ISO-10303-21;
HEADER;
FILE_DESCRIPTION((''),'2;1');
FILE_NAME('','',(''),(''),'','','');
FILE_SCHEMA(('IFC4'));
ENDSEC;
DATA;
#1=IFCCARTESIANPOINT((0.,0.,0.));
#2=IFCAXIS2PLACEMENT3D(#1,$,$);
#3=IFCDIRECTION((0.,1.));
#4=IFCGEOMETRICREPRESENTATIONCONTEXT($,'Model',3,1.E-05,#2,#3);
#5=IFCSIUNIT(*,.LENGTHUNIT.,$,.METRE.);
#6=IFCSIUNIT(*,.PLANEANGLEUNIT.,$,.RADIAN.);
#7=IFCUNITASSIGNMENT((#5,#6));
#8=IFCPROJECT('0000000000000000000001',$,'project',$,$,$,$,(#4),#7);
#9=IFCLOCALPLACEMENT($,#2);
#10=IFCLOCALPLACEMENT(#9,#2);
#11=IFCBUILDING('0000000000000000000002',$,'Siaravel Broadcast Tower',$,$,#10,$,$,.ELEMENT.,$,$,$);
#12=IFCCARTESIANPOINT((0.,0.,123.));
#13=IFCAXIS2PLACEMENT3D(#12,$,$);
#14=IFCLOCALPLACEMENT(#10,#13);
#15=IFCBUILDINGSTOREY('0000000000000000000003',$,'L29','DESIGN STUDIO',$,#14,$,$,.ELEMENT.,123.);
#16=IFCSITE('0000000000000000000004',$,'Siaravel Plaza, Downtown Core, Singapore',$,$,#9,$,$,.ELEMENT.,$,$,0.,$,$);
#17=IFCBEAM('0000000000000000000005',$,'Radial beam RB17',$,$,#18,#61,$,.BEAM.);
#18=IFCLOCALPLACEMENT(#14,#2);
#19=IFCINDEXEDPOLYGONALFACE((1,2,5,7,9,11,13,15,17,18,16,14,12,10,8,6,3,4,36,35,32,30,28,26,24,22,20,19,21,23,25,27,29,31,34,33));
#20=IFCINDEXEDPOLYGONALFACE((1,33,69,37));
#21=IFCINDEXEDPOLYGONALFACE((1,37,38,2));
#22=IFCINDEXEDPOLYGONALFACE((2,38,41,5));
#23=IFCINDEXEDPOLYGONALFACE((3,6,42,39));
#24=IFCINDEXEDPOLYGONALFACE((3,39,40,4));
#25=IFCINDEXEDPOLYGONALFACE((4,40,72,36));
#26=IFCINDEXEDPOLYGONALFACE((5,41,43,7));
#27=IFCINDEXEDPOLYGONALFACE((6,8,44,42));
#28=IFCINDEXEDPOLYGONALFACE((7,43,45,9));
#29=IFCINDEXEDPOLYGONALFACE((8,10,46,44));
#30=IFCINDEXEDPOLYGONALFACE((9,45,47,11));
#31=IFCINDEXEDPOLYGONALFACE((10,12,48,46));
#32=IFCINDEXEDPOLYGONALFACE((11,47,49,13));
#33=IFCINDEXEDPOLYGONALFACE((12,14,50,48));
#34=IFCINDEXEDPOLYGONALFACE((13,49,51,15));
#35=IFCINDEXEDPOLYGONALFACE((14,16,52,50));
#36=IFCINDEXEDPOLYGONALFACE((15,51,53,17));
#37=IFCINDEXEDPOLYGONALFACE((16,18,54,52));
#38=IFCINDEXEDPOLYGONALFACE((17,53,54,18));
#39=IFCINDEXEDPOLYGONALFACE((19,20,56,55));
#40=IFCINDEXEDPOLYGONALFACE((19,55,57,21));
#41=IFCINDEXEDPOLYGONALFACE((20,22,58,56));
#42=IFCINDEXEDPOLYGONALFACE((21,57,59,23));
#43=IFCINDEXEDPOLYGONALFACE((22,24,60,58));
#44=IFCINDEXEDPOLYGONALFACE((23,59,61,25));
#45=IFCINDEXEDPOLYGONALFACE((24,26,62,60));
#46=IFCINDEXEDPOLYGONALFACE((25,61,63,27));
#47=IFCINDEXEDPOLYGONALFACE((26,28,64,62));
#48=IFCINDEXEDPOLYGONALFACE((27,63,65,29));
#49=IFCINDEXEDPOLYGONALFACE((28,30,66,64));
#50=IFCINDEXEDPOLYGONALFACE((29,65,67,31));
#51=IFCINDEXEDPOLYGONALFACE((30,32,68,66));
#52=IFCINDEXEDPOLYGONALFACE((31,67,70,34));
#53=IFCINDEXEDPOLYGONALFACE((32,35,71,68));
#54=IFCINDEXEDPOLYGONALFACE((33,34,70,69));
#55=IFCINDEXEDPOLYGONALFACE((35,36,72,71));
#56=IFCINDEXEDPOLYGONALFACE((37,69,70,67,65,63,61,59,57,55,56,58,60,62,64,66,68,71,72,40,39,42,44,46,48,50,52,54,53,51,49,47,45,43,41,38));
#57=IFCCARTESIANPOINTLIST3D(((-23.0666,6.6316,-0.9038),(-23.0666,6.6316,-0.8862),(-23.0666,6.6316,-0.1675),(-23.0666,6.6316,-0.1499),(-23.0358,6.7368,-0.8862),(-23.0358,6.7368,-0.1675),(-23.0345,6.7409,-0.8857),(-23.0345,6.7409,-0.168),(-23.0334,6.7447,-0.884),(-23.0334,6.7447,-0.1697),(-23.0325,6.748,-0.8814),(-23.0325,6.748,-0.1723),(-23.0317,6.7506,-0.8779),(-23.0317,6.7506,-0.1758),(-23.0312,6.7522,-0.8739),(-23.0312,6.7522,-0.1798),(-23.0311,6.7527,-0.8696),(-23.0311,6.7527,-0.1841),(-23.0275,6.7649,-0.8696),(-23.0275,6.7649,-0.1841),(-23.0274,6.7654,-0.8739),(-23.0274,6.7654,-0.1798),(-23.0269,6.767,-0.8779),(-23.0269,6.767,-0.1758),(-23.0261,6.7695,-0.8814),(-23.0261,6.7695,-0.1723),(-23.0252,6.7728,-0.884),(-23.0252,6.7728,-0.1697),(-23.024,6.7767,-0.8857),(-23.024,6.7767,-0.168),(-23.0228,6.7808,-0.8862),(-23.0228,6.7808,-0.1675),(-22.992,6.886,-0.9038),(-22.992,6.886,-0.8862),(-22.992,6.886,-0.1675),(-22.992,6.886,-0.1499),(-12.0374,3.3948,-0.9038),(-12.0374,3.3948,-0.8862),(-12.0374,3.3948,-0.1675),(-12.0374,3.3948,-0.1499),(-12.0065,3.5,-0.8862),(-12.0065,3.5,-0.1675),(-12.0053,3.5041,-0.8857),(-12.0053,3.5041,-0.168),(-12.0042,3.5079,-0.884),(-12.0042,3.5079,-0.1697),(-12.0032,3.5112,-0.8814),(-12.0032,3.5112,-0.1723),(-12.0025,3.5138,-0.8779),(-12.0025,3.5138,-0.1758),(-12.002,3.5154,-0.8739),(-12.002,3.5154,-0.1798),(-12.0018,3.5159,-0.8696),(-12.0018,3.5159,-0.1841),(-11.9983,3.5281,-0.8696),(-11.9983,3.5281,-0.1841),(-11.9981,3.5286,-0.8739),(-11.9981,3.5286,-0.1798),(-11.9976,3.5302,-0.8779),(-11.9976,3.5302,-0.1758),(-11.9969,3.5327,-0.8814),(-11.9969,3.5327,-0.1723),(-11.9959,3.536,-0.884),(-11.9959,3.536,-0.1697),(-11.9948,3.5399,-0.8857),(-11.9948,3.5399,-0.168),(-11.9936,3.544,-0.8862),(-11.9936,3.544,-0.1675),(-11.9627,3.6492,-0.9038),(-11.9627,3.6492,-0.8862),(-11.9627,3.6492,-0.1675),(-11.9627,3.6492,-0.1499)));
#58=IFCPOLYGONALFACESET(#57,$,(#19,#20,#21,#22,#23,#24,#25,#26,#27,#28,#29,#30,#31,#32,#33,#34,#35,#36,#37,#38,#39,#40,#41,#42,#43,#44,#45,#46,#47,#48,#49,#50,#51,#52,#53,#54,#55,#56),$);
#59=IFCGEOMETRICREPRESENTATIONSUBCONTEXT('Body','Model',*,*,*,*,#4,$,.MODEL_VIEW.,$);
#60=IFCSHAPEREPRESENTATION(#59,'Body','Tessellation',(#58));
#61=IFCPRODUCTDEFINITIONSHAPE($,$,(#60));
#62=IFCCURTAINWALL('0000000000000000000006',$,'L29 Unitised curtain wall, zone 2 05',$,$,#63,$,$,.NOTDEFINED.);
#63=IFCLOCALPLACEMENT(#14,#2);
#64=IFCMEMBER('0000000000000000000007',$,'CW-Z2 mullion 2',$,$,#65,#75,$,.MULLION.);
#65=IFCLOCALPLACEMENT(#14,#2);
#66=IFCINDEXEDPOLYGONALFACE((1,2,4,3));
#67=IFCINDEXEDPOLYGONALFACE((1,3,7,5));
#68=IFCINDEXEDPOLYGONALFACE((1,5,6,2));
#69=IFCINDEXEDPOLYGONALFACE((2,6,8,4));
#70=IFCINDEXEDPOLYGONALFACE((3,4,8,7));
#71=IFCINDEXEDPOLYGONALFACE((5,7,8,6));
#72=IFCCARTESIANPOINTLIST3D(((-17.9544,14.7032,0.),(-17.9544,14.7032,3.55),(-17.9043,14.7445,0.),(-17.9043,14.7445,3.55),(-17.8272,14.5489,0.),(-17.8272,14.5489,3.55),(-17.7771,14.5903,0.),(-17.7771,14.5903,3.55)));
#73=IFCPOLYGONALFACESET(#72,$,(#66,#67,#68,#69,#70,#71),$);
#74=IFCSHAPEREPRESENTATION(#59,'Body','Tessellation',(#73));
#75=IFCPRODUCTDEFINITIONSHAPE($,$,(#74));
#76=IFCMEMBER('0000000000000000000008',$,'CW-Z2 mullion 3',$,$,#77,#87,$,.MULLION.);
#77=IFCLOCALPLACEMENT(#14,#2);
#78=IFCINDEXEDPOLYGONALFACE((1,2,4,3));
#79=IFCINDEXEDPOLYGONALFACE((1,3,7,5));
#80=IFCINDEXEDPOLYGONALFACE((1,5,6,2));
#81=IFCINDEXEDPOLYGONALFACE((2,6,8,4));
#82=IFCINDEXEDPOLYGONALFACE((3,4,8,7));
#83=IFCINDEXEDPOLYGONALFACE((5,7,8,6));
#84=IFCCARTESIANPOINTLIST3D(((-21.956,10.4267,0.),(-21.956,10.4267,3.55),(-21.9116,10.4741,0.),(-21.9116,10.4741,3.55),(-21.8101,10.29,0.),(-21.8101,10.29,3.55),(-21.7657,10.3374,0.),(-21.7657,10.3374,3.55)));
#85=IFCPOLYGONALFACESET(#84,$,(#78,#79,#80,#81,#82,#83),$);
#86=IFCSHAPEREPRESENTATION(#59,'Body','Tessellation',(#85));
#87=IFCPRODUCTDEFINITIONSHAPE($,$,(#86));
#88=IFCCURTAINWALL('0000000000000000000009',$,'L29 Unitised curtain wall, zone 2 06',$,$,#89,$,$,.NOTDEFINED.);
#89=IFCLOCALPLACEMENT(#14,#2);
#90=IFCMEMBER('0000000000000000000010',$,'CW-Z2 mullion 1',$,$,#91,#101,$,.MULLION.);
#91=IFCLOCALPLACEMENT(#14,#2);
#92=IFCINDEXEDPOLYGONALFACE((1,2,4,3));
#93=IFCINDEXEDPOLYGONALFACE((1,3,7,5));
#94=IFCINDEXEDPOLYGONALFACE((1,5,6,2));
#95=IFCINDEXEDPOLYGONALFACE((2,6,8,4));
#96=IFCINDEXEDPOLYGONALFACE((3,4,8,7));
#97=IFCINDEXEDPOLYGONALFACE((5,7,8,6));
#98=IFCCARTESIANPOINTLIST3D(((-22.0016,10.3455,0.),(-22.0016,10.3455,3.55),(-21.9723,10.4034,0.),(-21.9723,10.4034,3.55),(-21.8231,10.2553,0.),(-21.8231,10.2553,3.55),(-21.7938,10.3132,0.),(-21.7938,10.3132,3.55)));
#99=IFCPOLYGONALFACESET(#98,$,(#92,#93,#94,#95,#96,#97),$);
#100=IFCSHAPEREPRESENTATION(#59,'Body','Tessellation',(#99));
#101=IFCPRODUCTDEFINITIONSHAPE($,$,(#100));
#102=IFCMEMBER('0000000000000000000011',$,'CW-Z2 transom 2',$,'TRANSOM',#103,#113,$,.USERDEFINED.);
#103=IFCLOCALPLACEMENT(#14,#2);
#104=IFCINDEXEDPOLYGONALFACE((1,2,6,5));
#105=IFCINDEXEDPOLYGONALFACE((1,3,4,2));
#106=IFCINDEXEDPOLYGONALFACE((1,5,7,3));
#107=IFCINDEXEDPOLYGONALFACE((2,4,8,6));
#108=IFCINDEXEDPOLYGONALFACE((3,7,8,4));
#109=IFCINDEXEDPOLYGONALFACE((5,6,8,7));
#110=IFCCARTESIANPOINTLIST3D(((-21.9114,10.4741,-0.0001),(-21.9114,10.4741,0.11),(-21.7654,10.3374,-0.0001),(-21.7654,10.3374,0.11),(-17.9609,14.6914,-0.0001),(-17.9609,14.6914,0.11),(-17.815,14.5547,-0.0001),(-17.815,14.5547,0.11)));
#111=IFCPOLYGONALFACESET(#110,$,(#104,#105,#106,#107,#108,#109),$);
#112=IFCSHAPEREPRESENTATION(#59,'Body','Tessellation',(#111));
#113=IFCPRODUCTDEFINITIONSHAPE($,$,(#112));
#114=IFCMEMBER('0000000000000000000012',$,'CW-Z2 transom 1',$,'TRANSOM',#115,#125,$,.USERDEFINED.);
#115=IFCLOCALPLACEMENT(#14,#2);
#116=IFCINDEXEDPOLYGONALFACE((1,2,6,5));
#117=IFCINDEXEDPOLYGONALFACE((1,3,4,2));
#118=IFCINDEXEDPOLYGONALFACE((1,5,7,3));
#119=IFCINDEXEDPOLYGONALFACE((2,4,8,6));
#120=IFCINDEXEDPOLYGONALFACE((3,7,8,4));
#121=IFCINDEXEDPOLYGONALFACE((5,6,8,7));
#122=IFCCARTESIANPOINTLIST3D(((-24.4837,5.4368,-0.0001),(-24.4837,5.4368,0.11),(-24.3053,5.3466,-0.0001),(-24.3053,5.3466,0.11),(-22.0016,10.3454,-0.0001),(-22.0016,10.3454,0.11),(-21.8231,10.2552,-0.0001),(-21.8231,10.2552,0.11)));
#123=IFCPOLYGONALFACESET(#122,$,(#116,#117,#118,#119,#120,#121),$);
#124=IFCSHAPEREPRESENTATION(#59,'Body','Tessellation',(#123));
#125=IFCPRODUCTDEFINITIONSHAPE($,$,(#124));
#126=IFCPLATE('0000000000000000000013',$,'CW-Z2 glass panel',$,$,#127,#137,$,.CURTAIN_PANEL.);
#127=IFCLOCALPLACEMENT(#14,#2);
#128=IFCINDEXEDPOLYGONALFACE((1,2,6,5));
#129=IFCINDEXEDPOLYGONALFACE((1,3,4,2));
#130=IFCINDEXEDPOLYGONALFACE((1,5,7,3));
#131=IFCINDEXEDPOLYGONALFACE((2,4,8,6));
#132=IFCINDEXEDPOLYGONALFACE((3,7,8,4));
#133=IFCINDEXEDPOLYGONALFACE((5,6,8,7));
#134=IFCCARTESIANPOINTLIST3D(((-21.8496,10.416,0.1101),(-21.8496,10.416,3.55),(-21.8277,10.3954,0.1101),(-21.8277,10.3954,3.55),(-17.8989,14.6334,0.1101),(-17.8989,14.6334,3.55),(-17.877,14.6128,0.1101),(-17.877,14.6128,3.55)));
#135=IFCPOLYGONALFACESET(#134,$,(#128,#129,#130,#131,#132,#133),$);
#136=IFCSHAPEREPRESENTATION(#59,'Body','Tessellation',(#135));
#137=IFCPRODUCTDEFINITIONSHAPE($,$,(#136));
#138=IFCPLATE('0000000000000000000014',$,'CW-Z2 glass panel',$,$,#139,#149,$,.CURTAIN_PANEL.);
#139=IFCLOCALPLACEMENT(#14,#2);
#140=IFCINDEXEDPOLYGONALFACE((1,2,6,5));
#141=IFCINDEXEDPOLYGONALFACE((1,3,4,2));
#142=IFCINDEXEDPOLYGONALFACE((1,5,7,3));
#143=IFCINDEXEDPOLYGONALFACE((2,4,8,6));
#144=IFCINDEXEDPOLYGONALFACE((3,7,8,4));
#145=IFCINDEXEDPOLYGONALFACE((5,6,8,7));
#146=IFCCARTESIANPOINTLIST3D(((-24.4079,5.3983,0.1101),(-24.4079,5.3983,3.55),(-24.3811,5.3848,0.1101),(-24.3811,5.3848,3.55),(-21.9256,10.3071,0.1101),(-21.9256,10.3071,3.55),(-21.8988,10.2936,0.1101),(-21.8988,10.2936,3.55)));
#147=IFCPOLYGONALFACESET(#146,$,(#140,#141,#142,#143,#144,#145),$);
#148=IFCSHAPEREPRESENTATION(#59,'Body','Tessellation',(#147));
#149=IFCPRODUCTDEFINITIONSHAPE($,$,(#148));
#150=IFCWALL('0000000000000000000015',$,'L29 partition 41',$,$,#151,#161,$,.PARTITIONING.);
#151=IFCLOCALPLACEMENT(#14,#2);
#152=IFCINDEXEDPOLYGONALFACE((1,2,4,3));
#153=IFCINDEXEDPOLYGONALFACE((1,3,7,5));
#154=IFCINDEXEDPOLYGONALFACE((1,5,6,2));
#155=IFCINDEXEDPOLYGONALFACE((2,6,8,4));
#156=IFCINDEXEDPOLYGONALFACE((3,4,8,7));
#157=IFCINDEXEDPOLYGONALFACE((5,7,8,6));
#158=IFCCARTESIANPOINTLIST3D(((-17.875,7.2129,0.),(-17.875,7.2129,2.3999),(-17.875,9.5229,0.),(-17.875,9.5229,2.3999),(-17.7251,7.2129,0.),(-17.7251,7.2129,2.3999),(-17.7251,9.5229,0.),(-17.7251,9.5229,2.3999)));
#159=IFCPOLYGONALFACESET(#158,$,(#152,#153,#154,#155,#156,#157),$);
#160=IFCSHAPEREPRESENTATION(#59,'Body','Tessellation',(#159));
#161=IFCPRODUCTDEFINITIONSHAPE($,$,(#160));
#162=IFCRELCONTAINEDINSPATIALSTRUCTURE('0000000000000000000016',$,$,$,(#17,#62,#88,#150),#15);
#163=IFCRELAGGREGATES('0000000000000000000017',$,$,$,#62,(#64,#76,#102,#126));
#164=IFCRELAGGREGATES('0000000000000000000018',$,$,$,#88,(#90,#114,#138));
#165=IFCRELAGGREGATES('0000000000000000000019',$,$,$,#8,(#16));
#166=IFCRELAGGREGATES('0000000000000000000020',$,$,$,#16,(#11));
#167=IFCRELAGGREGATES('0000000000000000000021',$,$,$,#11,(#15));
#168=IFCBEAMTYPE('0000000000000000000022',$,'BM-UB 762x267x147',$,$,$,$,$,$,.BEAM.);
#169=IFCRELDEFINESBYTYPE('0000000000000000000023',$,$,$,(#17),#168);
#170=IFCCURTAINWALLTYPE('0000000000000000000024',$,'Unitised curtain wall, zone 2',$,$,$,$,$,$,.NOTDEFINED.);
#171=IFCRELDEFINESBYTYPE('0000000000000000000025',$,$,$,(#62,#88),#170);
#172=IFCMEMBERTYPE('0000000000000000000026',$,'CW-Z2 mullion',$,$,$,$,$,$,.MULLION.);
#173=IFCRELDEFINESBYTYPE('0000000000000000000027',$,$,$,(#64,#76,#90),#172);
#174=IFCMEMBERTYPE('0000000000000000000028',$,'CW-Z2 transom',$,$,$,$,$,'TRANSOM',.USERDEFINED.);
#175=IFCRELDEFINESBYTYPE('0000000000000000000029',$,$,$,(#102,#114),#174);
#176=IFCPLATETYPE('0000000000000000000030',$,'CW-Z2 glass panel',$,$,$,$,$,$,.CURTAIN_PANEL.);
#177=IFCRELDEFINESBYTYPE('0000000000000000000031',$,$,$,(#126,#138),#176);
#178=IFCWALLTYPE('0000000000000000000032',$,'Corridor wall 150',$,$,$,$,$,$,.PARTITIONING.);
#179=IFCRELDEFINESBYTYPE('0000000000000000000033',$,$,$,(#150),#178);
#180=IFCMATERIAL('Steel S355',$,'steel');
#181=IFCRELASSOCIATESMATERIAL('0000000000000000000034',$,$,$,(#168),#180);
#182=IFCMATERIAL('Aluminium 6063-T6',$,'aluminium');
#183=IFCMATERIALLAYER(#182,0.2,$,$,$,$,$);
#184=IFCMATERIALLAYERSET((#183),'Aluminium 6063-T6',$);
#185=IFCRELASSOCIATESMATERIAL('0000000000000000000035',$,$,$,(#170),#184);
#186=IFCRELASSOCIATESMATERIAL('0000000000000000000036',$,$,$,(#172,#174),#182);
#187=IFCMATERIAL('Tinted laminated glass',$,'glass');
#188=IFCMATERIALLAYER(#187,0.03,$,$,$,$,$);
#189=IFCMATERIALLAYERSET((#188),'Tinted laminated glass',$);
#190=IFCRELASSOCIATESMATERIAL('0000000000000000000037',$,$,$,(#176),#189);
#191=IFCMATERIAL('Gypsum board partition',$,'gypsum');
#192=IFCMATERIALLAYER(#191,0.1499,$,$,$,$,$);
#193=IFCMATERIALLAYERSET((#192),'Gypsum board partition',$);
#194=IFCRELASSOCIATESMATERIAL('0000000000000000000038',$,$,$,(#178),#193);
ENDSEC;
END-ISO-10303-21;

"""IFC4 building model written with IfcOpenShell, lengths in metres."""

from ifc_helpers import new_model, si_unit, direction, frame, frame_2d, origin, origin_2d, place, context, subcontext, project, spatial, rectangle, i_section, extrude, material, layer, layer_set, material_profile, profile_set, type_object, element, aggregate, save


model = new_model("IFC4")

# Units and contexts
model_context = context("Model", 3, precision=1e-05, world=origin(), true_north=direction((0.0, 1.0)))
body_context = subcontext(model_context, "Body", "Model", "MODEL_VIEW")
ifc_project = project(units=[si_unit("LENGTHUNIT", "METRE"), si_unit("PLANEANGLEUNIT", "RADIAN")], contexts=[model_context])

# Site, building, storey
site_placement = place(None, origin())
site = spatial("IfcSite", under=ifc_project, at=site_placement, Name="Siaravel Plaza, Downtown Core, Singapore", CompositionType="ELEMENT", RefElevation=0.0)
building_placement = place(site_placement, origin())
building = spatial("IfcBuilding", under=site, at=building_placement, Name="Siaravel Broadcast Tower", CompositionType="ELEMENT")
storey_placement = place(building_placement, frame((0.0, 0.0, 123.0)))
storey = spatial("IfcBuildingStorey", under=building, at=storey_placement, Name="L29", Description="DESIGN STUDIO", CompositionType="ELEMENT", Elevation=123.0)

# Beam
ifc_material_1 = material(Name="Steel S355", Category="steel")
ifc_material_profile_1 = material_profile(ifc_material_1, i_section(OverallWidth=0.2651, OverallDepth=0.7539, WebThickness=0.0127, FlangeThickness=0.0176, FilletRadius=0.0166, at=origin_2d()))
ifc_profile_set_1 = profile_set([ifc_material_profile_1], Name="Steel S355")
beam_type = type_object("IfcBeamType", Name="BM-UB 762x267x147", PredefinedType="BEAM", material=ifc_profile_set_1)
beam_1_placement = place(storey_placement, frame((-23.0293, 6.7588, -0.5269), z_axis=(0.959532, -0.281598, 0.0), x_axis=(0.281598, 0.959532, 0.0)))
element("IfcBeam", 1, at=beam_1_placement, inside=storey, type_object=beam_type, Name="Radial beam RB17", PredefinedType="BEAM", context=body_context, shape_type="SweptSolid", body=[
    extrude(i_section(OverallWidth=0.2651, OverallDepth=0.7539, WebThickness=0.0127, FlangeThickness=0.0176, FilletRadius=0.0166, at=origin_2d()), origin(), (0.0, 0.0, 1.0), 11.4944),
])

# Curtain wall, members
ifc_material_2 = material(Name="Aluminium 6063-T6", Category="aluminium")
ifc_layer_1 = layer(ifc_material_2, 0.2)
ifc_layer_set_1 = layer_set([ifc_layer_1], Name="Aluminium 6063-T6")
curtain_wall_type = type_object("IfcCurtainWallType", Name="Unitised curtain wall, zone 2", PredefinedType="NOTDEFINED", material=ifc_layer_set_1)
curtain_wall_1_placement = place(storey_placement, origin())
curtain_wall_1 = element("IfcCurtainWall", 2, at=curtain_wall_1_placement, inside=storey, type_object=curtain_wall_type, Name="L29 Unitised curtain wall, zone 2 05", PredefinedType="NOTDEFINED")
ifc_material_profile_2 = material_profile(ifc_material_2, rectangle(XDim=0.2, YDim=0.0649, at=origin_2d()))
ifc_profile_set_2 = profile_set([ifc_material_profile_2], Name="Aluminium 6063-T6")
member_type_1 = type_object("IfcMemberType", Name="CW-Z2 mullion", PredefinedType="MULLION", material=ifc_profile_set_2)
member_1_placement = place(storey_placement, frame((-17.8657, 14.6467, 0.0), z_axis=(0.0, 0.0, 1.0), x_axis=(0.636219, -0.771509, 0.0)))
member_1 = element("IfcMember", 3, at=member_1_placement, type_object=member_type_1, Name="CW-Z2 mullion 2", PredefinedType="MULLION", context=body_context, shape_type="SweptSolid", body=[
    extrude(rectangle(XDim=0.2, YDim=0.0649, at=origin_2d()), origin(), (0.0, 0.0, 1.0), 3.55),
])
member_2_placement = place(storey_placement, frame((-21.8608, 10.3821, 0.0), z_axis=(0.0, 0.0, 1.0), x_axis=(0.729805, -0.683655, 0.0)))
member_2 = element("IfcMember", 4, at=member_2_placement, type_object=member_type_1, Name="CW-Z2 mullion 3", PredefinedType="MULLION", context=body_context, shape_type="SweptSolid", body=[
    extrude(rectangle(XDim=0.2, YDim=0.0649, at=origin_2d()), origin(), (0.0, 0.0, 1.0), 3.55),
])

# Curtain wall, member
curtain_wall_2_placement = place(storey_placement, origin())
curtain_wall_2 = element("IfcCurtainWall", 5, at=curtain_wall_2_placement, inside=storey, type_object=curtain_wall_type, Name="L29 Unitised curtain wall, zone 2 06", PredefinedType="NOTDEFINED")
member_3_placement = place(storey_placement, frame((-21.8977, 10.3293, 0.0), z_axis=(0.0, 0.0, 1.0), x_axis=(0.892392, -0.451261, 0.0)))
member_3 = element("IfcMember", 6, at=member_3_placement, type_object=member_type_1, Name="CW-Z2 mullion 1", PredefinedType="MULLION", context=body_context, shape_type="SweptSolid", body=[
    extrude(rectangle(XDim=0.2, YDim=0.0649, at=origin_2d()), origin(), (0.0, 0.0, 1.0), 3.55),
])

# Members
ifc_material_profile_3 = material_profile(ifc_material_2, rectangle(XDim=0.2, YDim=0.1101, at=origin_2d()))
ifc_profile_set_3 = profile_set([ifc_material_profile_3], Name="Aluminium 6063-T6")
member_type_2 = type_object("IfcMemberType", Name="CW-Z2 transom", ElementType="TRANSOM", PredefinedType="USERDEFINED", material=ifc_profile_set_3)
member_4_placement = place(storey_placement, frame((-17.8879, 14.623, 0.0549), z_axis=(-0.68364, -0.729819, 0.0), x_axis=(0.729819, -0.68364, 0.0)))
member_4 = element("IfcMember", 7, at=member_4_placement, type_object=member_type_2, Name="CW-Z2 transom 2", ObjectType="TRANSOM", PredefinedType="USERDEFINED", context=body_context, shape_type="SweptSolid", body=[
    extrude(rectangle(XDim=0.2, YDim=0.1101, at=origin_2d()), origin(), (0.0, 0.0, 1.0), 5.7786),
])
member_5_placement = place(storey_placement, frame((-21.9124, 10.3003, 0.0549), z_axis=(-0.451257, -0.892394, 0.0), x_axis=(0.892394, -0.451257, 0.0)))
member_5 = element("IfcMember", 8, at=member_5_placement, type_object=member_type_2, Name="CW-Z2 transom 1", ObjectType="TRANSOM", PredefinedType="USERDEFINED", context=body_context, shape_type="SweptSolid", body=[
    extrude(rectangle(XDim=0.2, YDim=0.1101, at=origin_2d()), origin(), (0.0, 0.0, 1.0), 5.5005),
])

# Plates
ifc_material_3 = material(Name="Tinted laminated glass", Category="glass")
ifc_layer_2 = layer(ifc_material_3, 0.03)
ifc_layer_set_2 = layer_set([ifc_layer_2], Name="Tinted laminated glass")
plate_type = type_object("IfcPlateType", Name="CW-Z2 glass panel", PredefinedType="CURTAIN_PANEL", material=ifc_layer_set_2)
plate_1_placement = place(storey_placement, frame((-19.8633, 12.5144, 0.1101), z_axis=(0.0, 0.0, 1.0), x_axis=(-0.683655, -0.729805, 0.0)))
plate_1 = element("IfcPlate", 9, at=plate_1_placement, type_object=plate_type, Name="CW-Z2 glass panel", PredefinedType="CURTAIN_PANEL", context=body_context, shape_type="SweptSolid", body=[
    extrude(rectangle(XDim=5.7788, YDim=0.03, at=origin_2d()), origin(), (0.0, 0.0, 1.0), 3.4399),
])
aggregate(curtain_wall_1, [member_1, member_2, member_4, plate_1])
plate_2_placement = place(storey_placement, frame((-23.1533, 7.8459, 0.1101), z_axis=(0.0, 0.0, 1.0), x_axis=(-0.451261, -0.892392, 0.0)))
plate_2 = element("IfcPlate", 10, at=plate_2_placement, type_object=plate_type, Name="CW-Z2 glass panel", PredefinedType="CURTAIN_PANEL", context=body_context, shape_type="SweptSolid", body=[
    extrude(rectangle(XDim=5.5007, YDim=0.03, at=origin_2d()), origin(), (0.0, 0.0, 1.0), 3.4399),
])
aggregate(curtain_wall_2, [member_3, member_5, plate_2])

# Shared definitions
ifc_material_4 = material(Name="Gypsum board partition", Category="gypsum")
ifc_layer_3 = layer(ifc_material_4, 0.1499)
ifc_layer_set_3 = layer_set([ifc_layer_3], Name="Gypsum board partition")
wall_type = type_object("IfcWallType", Name="Corridor wall 150", PredefinedType="PARTITIONING", material=ifc_layer_set_3)

# Wall
wall_1_placement = place(storey_placement, frame((-17.8, 9.5229, 0.0), z_axis=(0.0, 0.0, 1.0), x_axis=(0.0, -1.0, 0.0)))
element("IfcWall", 11, at=wall_1_placement, inside=storey, type_object=wall_type, Name="L29 partition 41", PredefinedType="PARTITIONING", context=body_context, shape_type="SweptSolid", body=[
    extrude(rectangle(XDim=2.3101, YDim=0.1499, at=frame_2d((1.155, 0.0))), origin(), (0.0, 0.0, 1.0), 2.3999),
])

save(model, "model.ifc")
